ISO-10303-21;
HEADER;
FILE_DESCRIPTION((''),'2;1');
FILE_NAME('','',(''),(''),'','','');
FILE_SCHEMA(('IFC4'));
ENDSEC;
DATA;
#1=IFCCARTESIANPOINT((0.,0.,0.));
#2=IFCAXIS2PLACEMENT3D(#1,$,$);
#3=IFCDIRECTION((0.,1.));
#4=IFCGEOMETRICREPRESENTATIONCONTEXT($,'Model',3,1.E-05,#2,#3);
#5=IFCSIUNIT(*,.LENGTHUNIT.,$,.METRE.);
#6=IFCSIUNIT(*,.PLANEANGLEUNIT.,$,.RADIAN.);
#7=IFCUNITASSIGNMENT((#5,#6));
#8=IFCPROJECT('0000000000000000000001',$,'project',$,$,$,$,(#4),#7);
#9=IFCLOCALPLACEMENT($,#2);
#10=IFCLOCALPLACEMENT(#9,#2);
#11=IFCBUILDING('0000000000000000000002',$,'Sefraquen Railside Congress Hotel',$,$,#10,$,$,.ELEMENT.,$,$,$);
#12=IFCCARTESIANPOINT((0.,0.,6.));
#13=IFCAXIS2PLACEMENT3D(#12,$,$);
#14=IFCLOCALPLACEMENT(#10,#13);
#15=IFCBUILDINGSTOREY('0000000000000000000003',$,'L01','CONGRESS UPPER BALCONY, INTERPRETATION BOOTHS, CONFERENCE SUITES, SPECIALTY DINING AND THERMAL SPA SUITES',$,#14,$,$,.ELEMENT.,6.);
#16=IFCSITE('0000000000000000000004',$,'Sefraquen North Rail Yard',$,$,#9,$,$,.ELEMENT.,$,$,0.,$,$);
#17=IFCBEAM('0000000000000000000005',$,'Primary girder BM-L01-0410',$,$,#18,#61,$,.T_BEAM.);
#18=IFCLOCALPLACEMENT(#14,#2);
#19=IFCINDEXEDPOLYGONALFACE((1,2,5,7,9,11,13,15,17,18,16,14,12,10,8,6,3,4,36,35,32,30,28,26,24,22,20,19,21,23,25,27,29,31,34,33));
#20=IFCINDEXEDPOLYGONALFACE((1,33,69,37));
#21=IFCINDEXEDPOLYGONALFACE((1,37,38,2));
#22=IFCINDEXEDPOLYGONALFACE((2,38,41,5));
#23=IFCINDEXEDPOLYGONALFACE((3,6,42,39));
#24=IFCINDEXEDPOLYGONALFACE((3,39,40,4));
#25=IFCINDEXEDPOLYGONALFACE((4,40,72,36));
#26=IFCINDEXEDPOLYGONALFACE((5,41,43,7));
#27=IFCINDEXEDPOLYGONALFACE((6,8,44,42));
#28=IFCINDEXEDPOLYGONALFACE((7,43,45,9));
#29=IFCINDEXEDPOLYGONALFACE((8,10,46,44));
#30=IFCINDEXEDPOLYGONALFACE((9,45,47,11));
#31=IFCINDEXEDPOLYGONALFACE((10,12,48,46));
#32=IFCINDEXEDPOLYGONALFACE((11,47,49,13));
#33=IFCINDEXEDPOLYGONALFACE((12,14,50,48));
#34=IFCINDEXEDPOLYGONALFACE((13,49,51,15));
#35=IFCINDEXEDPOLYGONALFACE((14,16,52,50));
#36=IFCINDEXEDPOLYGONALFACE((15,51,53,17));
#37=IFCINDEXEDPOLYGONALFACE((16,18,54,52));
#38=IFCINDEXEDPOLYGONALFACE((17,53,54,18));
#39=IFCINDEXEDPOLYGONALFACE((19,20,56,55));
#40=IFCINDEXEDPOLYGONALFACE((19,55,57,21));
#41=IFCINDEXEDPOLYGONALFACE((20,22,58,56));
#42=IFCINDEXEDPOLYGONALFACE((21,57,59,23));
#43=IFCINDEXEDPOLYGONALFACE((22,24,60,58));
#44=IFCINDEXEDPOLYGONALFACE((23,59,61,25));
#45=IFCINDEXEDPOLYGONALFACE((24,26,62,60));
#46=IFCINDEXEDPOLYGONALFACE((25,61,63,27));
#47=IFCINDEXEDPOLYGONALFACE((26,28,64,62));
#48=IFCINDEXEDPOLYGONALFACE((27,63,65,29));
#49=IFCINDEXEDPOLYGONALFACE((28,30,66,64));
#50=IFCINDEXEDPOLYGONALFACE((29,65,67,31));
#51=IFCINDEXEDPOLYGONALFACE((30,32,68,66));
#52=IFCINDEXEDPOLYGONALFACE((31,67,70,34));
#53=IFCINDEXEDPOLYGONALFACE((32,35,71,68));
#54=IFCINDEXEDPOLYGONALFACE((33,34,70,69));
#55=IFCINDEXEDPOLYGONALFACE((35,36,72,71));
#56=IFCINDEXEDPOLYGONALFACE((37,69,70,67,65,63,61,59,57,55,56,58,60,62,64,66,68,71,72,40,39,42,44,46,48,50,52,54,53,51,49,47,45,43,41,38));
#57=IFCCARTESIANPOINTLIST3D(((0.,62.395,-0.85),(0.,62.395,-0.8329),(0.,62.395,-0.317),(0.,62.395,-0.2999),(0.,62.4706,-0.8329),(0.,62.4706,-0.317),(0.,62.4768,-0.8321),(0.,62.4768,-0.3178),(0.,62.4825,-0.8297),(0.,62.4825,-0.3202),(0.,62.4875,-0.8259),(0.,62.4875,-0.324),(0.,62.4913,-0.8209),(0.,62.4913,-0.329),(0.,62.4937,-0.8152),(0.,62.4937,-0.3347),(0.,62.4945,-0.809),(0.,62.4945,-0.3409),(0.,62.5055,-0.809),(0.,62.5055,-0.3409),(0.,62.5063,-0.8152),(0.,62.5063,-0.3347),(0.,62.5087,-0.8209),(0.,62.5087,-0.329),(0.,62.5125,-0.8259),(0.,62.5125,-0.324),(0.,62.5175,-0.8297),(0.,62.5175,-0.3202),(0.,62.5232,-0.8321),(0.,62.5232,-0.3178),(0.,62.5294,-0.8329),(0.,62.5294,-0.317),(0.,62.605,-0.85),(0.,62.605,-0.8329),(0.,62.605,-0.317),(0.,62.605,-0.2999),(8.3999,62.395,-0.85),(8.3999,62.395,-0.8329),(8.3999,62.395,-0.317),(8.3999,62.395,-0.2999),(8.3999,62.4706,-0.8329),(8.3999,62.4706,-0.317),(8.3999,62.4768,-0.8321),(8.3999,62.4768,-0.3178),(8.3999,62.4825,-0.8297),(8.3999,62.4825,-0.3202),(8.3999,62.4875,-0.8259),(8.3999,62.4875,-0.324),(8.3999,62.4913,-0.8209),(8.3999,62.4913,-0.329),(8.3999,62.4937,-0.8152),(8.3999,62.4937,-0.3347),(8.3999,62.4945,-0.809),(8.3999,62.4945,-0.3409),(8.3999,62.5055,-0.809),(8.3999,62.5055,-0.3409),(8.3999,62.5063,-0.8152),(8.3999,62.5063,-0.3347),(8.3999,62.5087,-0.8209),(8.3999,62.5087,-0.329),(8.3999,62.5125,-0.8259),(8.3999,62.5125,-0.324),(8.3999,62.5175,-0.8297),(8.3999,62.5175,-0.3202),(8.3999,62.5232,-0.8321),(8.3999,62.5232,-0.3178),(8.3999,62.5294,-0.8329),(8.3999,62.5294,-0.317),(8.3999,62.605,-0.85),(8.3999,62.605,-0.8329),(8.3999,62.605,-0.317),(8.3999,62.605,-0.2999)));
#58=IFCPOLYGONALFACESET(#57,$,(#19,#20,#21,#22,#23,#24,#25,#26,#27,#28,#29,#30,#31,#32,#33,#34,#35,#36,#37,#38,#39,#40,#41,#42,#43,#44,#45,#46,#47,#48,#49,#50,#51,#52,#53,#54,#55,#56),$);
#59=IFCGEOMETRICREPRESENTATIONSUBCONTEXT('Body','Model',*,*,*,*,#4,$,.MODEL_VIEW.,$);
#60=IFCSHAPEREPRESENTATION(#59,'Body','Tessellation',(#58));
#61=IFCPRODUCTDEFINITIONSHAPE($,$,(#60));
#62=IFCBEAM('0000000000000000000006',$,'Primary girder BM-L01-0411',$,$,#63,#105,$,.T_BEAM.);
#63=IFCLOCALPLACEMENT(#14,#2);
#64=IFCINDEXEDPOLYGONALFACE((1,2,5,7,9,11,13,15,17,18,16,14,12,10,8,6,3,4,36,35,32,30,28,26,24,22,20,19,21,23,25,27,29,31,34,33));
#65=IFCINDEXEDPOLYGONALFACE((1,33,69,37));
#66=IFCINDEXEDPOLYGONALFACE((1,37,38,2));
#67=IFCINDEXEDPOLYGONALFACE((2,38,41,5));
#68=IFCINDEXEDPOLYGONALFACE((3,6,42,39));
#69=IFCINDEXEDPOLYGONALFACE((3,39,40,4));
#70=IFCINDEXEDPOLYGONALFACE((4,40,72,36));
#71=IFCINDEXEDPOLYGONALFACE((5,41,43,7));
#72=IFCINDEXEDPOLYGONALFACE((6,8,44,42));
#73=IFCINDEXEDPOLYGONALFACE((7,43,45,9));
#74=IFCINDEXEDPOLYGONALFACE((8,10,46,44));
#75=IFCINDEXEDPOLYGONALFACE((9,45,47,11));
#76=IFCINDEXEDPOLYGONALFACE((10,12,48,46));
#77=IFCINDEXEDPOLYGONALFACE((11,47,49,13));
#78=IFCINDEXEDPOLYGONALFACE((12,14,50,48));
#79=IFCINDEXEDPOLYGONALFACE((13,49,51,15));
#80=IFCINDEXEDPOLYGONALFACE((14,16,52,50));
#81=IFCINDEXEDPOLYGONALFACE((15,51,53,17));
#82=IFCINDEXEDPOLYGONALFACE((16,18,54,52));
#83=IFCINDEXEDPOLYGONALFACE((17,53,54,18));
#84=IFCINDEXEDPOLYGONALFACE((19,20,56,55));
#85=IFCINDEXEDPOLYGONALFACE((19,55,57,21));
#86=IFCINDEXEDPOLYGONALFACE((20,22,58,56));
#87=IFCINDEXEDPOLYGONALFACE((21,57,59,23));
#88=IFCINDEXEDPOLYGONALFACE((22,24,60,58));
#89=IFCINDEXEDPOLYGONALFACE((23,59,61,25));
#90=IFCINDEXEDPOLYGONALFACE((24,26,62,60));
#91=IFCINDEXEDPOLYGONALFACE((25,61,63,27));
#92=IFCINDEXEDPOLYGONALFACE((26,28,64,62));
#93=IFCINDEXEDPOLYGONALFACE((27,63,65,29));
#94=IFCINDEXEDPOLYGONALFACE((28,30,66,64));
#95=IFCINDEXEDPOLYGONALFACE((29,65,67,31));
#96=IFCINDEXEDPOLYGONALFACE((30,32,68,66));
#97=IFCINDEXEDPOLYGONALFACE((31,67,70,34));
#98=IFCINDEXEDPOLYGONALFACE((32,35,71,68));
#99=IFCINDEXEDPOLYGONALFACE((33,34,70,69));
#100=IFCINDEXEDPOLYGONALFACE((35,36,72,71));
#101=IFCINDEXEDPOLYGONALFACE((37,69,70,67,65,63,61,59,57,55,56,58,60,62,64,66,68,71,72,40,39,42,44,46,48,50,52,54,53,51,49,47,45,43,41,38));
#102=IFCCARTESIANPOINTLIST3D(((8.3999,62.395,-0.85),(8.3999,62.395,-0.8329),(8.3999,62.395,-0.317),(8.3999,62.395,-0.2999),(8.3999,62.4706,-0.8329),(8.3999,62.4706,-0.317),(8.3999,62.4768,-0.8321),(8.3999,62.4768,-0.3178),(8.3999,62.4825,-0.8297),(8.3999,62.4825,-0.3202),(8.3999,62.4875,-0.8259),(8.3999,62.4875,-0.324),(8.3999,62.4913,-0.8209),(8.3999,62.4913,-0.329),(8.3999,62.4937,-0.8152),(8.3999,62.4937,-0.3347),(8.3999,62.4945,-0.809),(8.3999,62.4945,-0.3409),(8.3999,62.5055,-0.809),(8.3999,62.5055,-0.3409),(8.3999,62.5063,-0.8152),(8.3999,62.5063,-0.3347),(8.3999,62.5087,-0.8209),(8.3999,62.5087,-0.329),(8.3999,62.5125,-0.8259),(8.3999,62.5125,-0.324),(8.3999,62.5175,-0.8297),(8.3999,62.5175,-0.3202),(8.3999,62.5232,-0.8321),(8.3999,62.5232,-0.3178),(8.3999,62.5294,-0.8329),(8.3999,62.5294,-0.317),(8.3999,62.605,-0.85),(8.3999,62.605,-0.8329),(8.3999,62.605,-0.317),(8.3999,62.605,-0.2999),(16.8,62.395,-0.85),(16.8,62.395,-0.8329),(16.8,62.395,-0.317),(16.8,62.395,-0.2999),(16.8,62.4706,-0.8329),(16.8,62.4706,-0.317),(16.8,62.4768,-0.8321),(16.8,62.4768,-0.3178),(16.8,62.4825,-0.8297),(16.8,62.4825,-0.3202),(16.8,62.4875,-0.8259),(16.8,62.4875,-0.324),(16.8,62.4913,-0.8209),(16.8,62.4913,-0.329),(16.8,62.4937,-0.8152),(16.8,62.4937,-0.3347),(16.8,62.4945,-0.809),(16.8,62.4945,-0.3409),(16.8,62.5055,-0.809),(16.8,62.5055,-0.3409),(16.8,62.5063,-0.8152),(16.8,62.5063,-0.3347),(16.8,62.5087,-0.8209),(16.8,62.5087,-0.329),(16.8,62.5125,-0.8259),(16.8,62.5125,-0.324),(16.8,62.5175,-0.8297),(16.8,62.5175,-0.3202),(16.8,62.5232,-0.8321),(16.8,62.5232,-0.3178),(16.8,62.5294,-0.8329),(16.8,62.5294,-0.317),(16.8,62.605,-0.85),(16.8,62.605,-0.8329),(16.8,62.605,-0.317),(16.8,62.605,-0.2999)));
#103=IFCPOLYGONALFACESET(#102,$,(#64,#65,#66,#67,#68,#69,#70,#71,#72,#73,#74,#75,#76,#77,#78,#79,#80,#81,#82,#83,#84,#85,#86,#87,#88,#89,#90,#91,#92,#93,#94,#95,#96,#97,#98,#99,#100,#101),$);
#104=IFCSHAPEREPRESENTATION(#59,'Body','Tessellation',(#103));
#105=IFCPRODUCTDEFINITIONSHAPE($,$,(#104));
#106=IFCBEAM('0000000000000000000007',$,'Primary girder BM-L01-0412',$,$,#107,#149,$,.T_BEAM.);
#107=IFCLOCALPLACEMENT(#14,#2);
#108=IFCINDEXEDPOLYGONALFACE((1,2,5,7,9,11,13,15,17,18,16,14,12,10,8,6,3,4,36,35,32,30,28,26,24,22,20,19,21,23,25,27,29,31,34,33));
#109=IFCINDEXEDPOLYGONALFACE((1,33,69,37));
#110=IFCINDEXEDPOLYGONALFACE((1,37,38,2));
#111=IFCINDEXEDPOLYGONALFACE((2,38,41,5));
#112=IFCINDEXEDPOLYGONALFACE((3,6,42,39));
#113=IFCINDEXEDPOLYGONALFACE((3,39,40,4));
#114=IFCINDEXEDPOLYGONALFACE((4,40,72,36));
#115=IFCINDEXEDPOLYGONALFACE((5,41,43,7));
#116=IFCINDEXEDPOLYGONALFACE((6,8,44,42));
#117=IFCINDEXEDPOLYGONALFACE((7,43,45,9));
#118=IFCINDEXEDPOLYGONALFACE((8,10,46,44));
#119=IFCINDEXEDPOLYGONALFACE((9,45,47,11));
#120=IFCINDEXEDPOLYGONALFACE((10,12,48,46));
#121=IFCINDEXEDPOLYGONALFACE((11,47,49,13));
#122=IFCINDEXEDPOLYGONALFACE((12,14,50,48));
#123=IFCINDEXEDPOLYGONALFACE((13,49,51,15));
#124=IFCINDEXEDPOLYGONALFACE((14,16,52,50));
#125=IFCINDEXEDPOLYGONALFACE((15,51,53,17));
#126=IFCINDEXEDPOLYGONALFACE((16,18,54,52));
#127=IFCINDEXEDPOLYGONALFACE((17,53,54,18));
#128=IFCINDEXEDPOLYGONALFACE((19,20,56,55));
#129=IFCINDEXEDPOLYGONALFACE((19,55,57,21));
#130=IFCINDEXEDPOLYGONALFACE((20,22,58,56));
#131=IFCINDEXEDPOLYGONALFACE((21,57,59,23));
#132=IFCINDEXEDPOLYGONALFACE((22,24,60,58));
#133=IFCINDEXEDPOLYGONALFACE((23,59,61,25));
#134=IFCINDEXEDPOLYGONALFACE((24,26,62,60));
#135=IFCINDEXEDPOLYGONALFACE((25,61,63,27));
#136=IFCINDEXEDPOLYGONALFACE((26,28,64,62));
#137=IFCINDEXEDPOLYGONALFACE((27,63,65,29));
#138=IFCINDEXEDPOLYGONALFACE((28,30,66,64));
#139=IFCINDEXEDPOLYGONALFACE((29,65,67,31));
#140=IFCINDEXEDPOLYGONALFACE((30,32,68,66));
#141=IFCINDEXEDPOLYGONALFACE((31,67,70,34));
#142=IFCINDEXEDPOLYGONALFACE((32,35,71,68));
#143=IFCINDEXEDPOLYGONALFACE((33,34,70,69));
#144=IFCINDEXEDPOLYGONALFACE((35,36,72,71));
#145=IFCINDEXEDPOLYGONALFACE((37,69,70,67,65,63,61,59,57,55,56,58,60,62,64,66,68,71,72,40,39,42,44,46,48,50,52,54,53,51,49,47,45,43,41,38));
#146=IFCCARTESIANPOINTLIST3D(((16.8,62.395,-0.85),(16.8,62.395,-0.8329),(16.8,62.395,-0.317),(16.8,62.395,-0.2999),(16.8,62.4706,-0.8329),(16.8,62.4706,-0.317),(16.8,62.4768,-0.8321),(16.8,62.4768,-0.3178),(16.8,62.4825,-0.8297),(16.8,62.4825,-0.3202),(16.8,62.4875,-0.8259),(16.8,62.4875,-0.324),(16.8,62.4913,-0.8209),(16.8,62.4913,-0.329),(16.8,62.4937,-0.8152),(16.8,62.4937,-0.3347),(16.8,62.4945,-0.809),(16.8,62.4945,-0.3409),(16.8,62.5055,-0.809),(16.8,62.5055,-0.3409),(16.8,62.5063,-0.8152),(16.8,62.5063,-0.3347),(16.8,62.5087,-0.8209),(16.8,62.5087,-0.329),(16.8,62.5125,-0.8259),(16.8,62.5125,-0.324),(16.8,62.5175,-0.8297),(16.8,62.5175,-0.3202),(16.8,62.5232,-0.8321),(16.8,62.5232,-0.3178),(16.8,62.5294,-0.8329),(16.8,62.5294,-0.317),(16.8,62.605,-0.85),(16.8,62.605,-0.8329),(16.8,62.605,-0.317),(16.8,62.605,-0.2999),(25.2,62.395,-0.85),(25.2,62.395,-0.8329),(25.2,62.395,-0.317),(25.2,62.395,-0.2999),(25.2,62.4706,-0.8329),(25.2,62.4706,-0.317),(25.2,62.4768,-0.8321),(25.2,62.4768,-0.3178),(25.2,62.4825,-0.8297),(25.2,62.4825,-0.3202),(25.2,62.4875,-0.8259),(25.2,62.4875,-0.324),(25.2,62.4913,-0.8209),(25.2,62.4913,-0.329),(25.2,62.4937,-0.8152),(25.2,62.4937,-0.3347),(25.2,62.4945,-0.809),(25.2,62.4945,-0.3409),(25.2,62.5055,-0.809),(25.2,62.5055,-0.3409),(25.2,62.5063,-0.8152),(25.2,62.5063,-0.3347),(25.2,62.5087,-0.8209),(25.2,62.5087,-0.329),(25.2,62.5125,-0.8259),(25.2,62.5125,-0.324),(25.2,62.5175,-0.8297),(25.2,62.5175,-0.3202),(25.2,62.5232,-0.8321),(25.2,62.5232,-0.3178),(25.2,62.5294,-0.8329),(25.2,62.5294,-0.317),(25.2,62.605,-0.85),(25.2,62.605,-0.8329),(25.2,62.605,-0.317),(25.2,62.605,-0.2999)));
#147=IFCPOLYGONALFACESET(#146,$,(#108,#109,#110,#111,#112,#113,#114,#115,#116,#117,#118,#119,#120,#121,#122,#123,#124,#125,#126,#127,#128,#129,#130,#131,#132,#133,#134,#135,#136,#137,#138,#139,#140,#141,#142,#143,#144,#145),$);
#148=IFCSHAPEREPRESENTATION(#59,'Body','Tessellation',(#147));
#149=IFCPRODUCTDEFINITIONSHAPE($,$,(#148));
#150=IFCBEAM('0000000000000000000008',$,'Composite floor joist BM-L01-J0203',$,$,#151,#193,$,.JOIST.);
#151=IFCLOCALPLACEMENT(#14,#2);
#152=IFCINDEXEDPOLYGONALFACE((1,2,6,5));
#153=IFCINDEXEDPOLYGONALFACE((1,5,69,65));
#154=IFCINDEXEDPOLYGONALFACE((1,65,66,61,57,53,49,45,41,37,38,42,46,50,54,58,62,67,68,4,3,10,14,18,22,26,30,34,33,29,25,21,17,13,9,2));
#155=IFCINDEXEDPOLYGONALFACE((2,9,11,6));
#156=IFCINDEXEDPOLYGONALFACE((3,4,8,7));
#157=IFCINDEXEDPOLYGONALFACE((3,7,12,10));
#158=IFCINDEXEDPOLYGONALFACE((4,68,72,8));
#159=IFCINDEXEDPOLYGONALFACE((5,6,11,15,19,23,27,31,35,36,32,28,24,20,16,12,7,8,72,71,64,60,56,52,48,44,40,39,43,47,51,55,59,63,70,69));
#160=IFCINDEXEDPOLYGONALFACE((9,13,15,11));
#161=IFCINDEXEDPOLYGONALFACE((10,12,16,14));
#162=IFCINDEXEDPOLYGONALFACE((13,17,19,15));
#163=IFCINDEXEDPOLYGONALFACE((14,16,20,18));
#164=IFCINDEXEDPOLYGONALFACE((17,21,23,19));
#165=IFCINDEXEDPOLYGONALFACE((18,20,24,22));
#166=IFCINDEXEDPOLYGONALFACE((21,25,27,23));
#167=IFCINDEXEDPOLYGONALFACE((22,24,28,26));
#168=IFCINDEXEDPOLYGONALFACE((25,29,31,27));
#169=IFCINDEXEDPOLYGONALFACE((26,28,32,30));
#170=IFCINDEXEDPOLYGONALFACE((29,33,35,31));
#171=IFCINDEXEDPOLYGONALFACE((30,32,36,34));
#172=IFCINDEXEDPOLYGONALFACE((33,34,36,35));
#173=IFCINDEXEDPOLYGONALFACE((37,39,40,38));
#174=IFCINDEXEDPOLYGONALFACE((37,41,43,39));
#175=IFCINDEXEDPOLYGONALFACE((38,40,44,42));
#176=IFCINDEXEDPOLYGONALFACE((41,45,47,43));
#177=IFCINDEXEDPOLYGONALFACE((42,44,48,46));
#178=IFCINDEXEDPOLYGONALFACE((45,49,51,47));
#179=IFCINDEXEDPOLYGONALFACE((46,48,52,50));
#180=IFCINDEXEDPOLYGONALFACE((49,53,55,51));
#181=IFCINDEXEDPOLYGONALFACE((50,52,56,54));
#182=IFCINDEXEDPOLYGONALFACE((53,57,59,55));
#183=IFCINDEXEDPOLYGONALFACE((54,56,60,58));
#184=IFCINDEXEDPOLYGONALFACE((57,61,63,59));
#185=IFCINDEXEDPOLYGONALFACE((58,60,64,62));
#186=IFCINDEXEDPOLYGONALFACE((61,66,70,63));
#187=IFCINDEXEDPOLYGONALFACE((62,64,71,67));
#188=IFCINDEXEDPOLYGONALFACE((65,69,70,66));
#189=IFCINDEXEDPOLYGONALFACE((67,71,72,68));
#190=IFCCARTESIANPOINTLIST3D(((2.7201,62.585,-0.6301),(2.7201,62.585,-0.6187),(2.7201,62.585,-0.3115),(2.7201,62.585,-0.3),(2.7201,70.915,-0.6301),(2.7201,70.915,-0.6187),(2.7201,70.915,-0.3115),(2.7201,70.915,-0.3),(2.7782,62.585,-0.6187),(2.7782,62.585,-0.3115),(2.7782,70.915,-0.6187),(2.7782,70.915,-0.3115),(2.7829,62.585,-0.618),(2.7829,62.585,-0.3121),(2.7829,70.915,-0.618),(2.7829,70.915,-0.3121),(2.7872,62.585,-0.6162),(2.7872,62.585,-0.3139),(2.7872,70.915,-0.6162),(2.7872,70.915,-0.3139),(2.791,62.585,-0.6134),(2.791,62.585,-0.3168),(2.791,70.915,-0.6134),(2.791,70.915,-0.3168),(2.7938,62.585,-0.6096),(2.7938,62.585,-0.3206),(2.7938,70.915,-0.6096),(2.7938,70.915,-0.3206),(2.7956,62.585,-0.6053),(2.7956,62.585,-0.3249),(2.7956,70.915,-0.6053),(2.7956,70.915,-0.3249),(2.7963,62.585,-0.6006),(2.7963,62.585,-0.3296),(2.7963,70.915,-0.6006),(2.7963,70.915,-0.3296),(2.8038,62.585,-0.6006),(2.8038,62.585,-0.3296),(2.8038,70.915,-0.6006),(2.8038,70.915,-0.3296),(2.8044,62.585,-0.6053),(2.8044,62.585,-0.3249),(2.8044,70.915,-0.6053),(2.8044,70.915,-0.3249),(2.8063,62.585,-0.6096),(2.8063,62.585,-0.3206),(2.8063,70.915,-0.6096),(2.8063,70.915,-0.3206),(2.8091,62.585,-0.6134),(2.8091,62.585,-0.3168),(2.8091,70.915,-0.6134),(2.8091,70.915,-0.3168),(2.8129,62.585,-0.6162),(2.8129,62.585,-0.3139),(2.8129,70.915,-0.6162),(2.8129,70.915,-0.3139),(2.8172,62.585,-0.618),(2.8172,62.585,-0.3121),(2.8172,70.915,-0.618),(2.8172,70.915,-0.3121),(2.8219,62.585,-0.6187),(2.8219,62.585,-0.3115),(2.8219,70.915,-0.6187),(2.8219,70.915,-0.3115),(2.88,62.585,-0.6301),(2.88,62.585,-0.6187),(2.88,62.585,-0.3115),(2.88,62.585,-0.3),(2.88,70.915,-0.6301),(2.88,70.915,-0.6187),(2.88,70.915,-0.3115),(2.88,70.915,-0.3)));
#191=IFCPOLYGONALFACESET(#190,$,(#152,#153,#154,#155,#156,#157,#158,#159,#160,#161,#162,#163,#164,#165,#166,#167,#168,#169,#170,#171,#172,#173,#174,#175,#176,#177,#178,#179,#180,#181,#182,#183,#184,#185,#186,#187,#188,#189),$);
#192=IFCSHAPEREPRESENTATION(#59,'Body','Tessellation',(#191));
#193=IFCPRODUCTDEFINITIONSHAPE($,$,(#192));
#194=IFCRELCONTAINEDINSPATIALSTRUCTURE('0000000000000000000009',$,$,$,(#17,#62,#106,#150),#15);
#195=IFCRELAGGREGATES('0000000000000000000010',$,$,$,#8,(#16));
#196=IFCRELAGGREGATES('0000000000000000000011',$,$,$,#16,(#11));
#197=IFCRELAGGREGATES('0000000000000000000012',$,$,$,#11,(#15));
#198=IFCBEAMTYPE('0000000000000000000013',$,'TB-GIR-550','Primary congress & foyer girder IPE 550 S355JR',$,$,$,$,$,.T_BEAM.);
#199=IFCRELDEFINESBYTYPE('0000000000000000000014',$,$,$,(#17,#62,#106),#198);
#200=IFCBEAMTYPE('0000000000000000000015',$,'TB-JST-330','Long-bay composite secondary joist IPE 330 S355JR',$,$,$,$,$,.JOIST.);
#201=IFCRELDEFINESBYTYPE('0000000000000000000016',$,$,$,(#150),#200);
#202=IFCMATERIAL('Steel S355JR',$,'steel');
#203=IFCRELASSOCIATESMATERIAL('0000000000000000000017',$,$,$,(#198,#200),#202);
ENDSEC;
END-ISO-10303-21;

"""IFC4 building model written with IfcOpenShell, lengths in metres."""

from ifc_helpers import new_model, si_unit, direction, frame, origin, origin_2d, place, context, subcontext, project, spatial, i_section, extrude, material, material_profile, profile_set, type_object, element, save


model = new_model("IFC4")

# Units and contexts
model_context = context("Model", 3, precision=1e-05, world=origin(), true_north=direction((0.0, 1.0)))
body_context = subcontext(model_context, "Body", "Model", "MODEL_VIEW")
ifc_project = project(units=[si_unit("LENGTHUNIT", "METRE"), si_unit("PLANEANGLEUNIT", "RADIAN")], contexts=[model_context])

# Site, building, storey
site_placement = place(None, origin())
site = spatial("IfcSite", under=ifc_project, at=site_placement, Name="Sefraquen North Rail Yard", CompositionType="ELEMENT", RefElevation=0.0)
building_placement = place(site_placement, origin())
building = spatial("IfcBuilding", under=site, at=building_placement, Name="Sefraquen Railside Congress Hotel", CompositionType="ELEMENT")
storey_placement = place(building_placement, frame((0.0, 0.0, 6.0)))
storey = spatial("IfcBuildingStorey", under=building, at=storey_placement, Name="L01", Description="CONGRESS UPPER BALCONY, INTERPRETATION BOOTHS, CONFERENCE SUITES, SPECIALTY DINING AND THERMAL SPA SUITES", CompositionType="ELEMENT", Elevation=6.0)

# Shared definitions
ifc_material_1 = material(Name="Steel S355JR", Category="steel")

# Beams
ifc_material_profile_1 = material_profile(ifc_material_1, i_section(OverallWidth=0.21, OverallDepth=0.55, WebThickness=0.011, FlangeThickness=0.0171, FilletRadius=0.0239, at=origin_2d()), Name="IPE 550")
ifc_profile_set_1 = profile_set([ifc_material_profile_1], Name="Steel S355JR")
beam_type_1 = type_object("IfcBeamType", Name="TB-GIR-550", Description="Primary congress & foyer girder IPE 550 S355JR", PredefinedType="T_BEAM", material=ifc_profile_set_1)
beam_1_placement = place(storey_placement, frame((0.0, 62.5, -0.575), z_axis=(1.0, 0.0, 0.0), x_axis=(0.0, 1.0, 0.0)))
element("IfcBeam", 1, at=beam_1_placement, inside=storey, type_object=beam_type_1, Name="Primary girder BM-L01-0410", PredefinedType="T_BEAM", context=body_context, shape_type="SweptSolid", body=[
    extrude(i_section(OverallWidth=0.21, OverallDepth=0.55, WebThickness=0.011, FlangeThickness=0.0171, FilletRadius=0.0239, at=origin_2d()), origin(), (0.0, 0.0, 1.0), 8.3999),
])
beam_2_placement = place(storey_placement, frame((8.3999, 62.5, -0.575), z_axis=(1.0, 0.0, 0.0), x_axis=(0.0, 1.0, 0.0)))
element("IfcBeam", 2, at=beam_2_placement, inside=storey, type_object=beam_type_1, Name="Primary girder BM-L01-0411", PredefinedType="T_BEAM", context=body_context, shape_type="SweptSolid", body=[
    extrude(i_section(OverallWidth=0.21, OverallDepth=0.55, WebThickness=0.011, FlangeThickness=0.0171, FilletRadius=0.0239, at=origin_2d()), origin(), (0.0, 0.0, 1.0), 8.4001),
])
beam_3_placement = place(storey_placement, frame((16.8, 62.5, -0.575), z_axis=(1.0, 0.0, 0.0), x_axis=(0.0, 1.0, 0.0)))
element("IfcBeam", 3, at=beam_3_placement, inside=storey, type_object=beam_type_1, Name="Primary girder BM-L01-0412", PredefinedType="T_BEAM", context=body_context, shape_type="SweptSolid", body=[
    extrude(i_section(OverallWidth=0.21, OverallDepth=0.55, WebThickness=0.011, FlangeThickness=0.0171, FilletRadius=0.0239, at=origin_2d()), origin(), (0.0, 0.0, 1.0), 8.3999),
])
ifc_material_profile_2 = material_profile(ifc_material_1, i_section(OverallWidth=0.1599, OverallDepth=0.3301, WebThickness=0.0076, FlangeThickness=0.0115, FilletRadius=0.0181, at=origin_2d()), Name="IPE 330")
ifc_profile_set_2 = profile_set([ifc_material_profile_2], Name="Steel S355JR")
beam_type_2 = type_object("IfcBeamType", Name="TB-JST-330", Description="Long-bay composite secondary joist IPE 330 S355JR", PredefinedType="JOIST", material=ifc_profile_set_2)
for number, where, z_axis, x_axis, name in (
    (4, (2.8, 62.585, -0.4651), (0.0, 1.0, 0.0), (-1.0, 0.0, 0.0), "Composite floor joist BM-L01-J0203"),
):
    element("IfcBeam", number, at=place(storey_placement, frame(where, z_axis=z_axis, x_axis=x_axis)), inside=storey, type_object=beam_type_2, Name=name, PredefinedType="JOIST", context=body_context, shape_type="SweptSolid", body=[
        extrude(i_section(OverallWidth=0.1599, OverallDepth=0.3301, WebThickness=0.0076, FlangeThickness=0.0115, FilletRadius=0.0181, at=origin_2d()), origin(), (0.0, 0.0, 1.0), 8.3301),
    ])

save(model, "model.ifc")
